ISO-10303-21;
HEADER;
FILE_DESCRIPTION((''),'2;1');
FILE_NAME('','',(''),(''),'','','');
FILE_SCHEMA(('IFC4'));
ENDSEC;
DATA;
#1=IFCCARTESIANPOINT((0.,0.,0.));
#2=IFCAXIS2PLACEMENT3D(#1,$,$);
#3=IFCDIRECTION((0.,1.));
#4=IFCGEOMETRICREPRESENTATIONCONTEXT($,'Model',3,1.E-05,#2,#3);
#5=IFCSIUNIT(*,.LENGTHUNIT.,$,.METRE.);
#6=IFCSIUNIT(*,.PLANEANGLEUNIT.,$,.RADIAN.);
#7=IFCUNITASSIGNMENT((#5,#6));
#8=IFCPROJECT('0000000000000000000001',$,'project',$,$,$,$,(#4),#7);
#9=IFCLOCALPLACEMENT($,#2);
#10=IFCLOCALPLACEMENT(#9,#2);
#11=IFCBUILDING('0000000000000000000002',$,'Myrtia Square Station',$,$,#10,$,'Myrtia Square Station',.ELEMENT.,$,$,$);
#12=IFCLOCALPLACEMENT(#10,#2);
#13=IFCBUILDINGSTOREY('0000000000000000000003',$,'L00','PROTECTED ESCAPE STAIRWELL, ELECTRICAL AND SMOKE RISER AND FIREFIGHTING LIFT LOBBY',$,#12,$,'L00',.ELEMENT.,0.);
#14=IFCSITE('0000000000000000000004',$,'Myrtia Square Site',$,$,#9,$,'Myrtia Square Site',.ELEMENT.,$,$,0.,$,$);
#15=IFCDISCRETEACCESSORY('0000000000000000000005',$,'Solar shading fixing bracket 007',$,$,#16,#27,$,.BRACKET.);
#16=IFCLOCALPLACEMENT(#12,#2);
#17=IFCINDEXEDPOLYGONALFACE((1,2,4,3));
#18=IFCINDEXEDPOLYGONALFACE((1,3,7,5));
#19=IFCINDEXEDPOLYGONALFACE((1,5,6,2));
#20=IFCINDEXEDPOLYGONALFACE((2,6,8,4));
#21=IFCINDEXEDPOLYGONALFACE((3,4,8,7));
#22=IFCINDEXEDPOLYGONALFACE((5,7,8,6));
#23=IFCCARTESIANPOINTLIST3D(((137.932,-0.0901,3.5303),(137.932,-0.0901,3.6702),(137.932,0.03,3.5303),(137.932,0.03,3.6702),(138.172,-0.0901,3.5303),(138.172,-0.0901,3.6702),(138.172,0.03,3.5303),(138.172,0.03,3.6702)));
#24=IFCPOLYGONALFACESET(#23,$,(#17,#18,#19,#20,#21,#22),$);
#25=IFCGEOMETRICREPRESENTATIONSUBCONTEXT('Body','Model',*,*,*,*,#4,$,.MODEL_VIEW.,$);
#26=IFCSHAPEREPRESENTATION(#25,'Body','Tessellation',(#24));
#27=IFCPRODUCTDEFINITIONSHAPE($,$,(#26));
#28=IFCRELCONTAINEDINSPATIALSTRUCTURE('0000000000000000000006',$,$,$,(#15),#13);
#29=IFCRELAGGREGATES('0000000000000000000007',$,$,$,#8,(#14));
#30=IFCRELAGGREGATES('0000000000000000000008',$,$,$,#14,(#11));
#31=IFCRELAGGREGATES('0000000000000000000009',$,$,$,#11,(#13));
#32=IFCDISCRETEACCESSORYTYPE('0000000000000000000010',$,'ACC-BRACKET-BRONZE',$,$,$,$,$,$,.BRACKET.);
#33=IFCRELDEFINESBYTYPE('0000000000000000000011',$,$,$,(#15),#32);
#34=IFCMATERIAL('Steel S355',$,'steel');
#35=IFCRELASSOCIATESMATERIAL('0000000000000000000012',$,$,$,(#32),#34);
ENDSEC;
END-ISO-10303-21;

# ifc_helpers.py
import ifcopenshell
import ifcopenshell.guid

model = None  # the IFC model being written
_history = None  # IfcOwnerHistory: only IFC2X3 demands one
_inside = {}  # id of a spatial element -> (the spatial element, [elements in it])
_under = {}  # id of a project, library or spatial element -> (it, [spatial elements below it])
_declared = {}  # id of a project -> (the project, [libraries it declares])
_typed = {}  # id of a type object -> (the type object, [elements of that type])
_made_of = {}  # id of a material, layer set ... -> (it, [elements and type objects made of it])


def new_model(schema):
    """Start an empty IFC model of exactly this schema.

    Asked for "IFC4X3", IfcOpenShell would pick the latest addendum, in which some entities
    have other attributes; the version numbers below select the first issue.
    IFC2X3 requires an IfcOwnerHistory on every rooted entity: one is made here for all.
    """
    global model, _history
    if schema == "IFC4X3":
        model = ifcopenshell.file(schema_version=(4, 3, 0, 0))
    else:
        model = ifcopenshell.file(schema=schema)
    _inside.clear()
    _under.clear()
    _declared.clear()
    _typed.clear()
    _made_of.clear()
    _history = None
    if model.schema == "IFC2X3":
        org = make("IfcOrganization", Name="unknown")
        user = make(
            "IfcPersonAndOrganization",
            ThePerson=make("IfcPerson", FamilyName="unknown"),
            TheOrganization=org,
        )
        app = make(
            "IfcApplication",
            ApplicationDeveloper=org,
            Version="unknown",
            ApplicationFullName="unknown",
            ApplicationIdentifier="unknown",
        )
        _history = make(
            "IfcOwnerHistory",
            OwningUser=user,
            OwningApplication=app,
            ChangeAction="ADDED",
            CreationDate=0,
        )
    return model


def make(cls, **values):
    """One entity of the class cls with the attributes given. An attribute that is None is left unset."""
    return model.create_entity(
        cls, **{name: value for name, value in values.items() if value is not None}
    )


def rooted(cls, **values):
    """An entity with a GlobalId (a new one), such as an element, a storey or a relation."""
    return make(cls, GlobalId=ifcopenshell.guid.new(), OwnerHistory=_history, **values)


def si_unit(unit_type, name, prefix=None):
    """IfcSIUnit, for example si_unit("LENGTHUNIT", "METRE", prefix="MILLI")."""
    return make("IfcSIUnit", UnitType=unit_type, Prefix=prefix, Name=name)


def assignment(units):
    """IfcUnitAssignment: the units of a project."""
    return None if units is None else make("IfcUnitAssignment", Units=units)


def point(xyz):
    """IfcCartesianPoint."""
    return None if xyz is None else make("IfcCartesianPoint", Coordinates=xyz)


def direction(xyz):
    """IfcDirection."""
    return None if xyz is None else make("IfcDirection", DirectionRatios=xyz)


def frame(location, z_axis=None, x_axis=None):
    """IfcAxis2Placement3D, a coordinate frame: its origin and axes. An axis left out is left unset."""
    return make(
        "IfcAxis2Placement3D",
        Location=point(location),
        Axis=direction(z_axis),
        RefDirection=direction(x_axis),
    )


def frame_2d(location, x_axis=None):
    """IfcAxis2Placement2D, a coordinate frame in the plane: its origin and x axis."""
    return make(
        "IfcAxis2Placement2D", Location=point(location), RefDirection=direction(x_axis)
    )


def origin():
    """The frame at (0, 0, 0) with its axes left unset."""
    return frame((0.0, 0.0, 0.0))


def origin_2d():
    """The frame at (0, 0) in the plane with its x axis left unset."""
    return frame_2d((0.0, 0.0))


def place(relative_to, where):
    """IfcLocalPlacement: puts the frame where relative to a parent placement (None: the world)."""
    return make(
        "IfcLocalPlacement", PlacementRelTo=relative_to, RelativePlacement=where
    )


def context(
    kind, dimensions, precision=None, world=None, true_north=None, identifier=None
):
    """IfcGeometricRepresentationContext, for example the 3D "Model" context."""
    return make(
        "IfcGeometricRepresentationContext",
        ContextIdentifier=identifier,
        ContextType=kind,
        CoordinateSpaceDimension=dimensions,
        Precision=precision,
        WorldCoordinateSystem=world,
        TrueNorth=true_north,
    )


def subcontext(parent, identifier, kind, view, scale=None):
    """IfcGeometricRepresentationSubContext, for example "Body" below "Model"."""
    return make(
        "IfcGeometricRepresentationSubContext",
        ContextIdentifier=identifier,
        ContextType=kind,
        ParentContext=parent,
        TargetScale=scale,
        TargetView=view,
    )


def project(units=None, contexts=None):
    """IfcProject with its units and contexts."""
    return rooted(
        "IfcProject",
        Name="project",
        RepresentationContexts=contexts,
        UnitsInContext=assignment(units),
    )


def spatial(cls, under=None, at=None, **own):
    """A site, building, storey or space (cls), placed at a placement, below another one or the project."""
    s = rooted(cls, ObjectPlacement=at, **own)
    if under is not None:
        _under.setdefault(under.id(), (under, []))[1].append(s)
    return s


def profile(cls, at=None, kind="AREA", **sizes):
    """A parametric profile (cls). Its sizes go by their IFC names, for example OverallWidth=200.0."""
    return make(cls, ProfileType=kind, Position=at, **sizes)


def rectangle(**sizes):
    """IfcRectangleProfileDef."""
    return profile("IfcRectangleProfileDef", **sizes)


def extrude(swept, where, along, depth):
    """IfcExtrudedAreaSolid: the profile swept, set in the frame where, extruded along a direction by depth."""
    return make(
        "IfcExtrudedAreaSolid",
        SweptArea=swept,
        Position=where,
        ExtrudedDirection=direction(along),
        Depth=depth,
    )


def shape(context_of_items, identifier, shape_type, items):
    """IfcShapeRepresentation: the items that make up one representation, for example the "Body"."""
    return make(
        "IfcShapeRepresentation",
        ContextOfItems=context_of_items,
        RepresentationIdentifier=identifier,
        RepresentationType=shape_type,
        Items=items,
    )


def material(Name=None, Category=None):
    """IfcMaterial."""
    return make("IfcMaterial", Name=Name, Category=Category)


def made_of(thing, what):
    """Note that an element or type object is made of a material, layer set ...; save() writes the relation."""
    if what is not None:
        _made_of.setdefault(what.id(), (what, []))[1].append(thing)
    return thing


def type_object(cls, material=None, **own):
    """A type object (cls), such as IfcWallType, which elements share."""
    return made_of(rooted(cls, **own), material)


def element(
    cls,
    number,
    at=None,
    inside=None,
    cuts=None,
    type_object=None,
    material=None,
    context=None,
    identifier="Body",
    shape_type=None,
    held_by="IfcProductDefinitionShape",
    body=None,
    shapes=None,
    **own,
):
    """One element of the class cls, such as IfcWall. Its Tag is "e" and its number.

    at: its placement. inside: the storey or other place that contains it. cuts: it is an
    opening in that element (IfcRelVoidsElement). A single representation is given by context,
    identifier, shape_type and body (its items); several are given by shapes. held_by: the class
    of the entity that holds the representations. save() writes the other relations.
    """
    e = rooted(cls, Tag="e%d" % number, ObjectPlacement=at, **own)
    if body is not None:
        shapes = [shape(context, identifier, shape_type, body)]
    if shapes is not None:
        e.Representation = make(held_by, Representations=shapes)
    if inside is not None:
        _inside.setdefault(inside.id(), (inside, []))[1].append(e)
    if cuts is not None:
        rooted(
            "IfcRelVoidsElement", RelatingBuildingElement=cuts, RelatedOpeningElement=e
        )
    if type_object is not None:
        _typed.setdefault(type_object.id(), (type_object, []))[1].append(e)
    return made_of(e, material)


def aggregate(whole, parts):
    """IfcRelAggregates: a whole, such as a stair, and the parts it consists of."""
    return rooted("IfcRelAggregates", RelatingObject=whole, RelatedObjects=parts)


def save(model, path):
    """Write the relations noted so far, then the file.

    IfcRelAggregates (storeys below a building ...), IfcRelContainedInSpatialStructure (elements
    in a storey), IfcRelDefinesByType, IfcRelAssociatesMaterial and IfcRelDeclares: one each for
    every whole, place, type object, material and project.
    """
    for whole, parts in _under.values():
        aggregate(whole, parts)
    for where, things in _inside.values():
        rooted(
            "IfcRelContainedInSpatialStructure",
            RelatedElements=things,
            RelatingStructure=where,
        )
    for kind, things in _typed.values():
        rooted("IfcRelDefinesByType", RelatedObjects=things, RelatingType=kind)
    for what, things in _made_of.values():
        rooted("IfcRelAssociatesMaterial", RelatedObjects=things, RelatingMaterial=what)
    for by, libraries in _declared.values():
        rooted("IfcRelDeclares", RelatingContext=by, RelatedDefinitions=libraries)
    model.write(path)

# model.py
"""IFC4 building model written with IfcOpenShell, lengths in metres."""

from ifc_helpers import new_model, si_unit, direction, frame, origin, origin_2d, place, context, subcontext, project, spatial, rectangle, extrude, material, type_object, element, save


model = new_model("IFC4")

# Units and contexts
model_context = context("Model", 3, precision=1e-05, world=origin(), true_north=direction((0.0, 1.0)))
body_context = subcontext(model_context, "Body", "Model", "MODEL_VIEW")
ifc_project = project(units=[si_unit("LENGTHUNIT", "METRE"), si_unit("PLANEANGLEUNIT", "RADIAN")], contexts=[model_context])

# Site, building, storey
site_placement = place(None, origin())
site = spatial("IfcSite", under=ifc_project, at=site_placement, Name="Myrtia Square Site", LongName="Myrtia Square Site", CompositionType="ELEMENT", RefElevation=0.0)
building_placement = place(site_placement, origin())
building = spatial("IfcBuilding", under=site, at=building_placement, Name="Myrtia Square Station", LongName="Myrtia Square Station", CompositionType="ELEMENT")
storey_placement = place(building_placement, origin())
storey = spatial("IfcBuildingStorey", under=building, at=storey_placement, Name="L00", Description="PROTECTED ESCAPE STAIRWELL, ELECTRICAL AND SMOKE RISER AND FIREFIGHTING LIFT LOBBY", LongName="L00", CompositionType="ELEMENT", Elevation=0.0)

# Shared definitions
ifc_material_1 = material(Name="Steel S355", Category="steel")

# Discrete accessory
discrete_accessory_type = type_object("IfcDiscreteAccessoryType", Name="ACC-BRACKET-BRONZE", PredefinedType="BRACKET", material=ifc_material_1)
discrete_accessory_placement = place(storey_placement, frame((138.052, -0.03, 3.5303), z_axis=(0.0, 0.0, 1.0), x_axis=(1.0, 0.0, 0.0)))
element("IfcDiscreteAccessory", 1, at=discrete_accessory_placement, inside=storey, type_object=discrete_accessory_type, Name="Solar shading fixing bracket 007", PredefinedType="BRACKET", context=body_context, shape_type="SweptSolid", body=[
    extrude(rectangle(XDim=0.24, YDim=0.1201, at=origin_2d()), origin(), (0.0, 0.0, 1.0), 0.1399),
])

save(model, "model.ifc")
